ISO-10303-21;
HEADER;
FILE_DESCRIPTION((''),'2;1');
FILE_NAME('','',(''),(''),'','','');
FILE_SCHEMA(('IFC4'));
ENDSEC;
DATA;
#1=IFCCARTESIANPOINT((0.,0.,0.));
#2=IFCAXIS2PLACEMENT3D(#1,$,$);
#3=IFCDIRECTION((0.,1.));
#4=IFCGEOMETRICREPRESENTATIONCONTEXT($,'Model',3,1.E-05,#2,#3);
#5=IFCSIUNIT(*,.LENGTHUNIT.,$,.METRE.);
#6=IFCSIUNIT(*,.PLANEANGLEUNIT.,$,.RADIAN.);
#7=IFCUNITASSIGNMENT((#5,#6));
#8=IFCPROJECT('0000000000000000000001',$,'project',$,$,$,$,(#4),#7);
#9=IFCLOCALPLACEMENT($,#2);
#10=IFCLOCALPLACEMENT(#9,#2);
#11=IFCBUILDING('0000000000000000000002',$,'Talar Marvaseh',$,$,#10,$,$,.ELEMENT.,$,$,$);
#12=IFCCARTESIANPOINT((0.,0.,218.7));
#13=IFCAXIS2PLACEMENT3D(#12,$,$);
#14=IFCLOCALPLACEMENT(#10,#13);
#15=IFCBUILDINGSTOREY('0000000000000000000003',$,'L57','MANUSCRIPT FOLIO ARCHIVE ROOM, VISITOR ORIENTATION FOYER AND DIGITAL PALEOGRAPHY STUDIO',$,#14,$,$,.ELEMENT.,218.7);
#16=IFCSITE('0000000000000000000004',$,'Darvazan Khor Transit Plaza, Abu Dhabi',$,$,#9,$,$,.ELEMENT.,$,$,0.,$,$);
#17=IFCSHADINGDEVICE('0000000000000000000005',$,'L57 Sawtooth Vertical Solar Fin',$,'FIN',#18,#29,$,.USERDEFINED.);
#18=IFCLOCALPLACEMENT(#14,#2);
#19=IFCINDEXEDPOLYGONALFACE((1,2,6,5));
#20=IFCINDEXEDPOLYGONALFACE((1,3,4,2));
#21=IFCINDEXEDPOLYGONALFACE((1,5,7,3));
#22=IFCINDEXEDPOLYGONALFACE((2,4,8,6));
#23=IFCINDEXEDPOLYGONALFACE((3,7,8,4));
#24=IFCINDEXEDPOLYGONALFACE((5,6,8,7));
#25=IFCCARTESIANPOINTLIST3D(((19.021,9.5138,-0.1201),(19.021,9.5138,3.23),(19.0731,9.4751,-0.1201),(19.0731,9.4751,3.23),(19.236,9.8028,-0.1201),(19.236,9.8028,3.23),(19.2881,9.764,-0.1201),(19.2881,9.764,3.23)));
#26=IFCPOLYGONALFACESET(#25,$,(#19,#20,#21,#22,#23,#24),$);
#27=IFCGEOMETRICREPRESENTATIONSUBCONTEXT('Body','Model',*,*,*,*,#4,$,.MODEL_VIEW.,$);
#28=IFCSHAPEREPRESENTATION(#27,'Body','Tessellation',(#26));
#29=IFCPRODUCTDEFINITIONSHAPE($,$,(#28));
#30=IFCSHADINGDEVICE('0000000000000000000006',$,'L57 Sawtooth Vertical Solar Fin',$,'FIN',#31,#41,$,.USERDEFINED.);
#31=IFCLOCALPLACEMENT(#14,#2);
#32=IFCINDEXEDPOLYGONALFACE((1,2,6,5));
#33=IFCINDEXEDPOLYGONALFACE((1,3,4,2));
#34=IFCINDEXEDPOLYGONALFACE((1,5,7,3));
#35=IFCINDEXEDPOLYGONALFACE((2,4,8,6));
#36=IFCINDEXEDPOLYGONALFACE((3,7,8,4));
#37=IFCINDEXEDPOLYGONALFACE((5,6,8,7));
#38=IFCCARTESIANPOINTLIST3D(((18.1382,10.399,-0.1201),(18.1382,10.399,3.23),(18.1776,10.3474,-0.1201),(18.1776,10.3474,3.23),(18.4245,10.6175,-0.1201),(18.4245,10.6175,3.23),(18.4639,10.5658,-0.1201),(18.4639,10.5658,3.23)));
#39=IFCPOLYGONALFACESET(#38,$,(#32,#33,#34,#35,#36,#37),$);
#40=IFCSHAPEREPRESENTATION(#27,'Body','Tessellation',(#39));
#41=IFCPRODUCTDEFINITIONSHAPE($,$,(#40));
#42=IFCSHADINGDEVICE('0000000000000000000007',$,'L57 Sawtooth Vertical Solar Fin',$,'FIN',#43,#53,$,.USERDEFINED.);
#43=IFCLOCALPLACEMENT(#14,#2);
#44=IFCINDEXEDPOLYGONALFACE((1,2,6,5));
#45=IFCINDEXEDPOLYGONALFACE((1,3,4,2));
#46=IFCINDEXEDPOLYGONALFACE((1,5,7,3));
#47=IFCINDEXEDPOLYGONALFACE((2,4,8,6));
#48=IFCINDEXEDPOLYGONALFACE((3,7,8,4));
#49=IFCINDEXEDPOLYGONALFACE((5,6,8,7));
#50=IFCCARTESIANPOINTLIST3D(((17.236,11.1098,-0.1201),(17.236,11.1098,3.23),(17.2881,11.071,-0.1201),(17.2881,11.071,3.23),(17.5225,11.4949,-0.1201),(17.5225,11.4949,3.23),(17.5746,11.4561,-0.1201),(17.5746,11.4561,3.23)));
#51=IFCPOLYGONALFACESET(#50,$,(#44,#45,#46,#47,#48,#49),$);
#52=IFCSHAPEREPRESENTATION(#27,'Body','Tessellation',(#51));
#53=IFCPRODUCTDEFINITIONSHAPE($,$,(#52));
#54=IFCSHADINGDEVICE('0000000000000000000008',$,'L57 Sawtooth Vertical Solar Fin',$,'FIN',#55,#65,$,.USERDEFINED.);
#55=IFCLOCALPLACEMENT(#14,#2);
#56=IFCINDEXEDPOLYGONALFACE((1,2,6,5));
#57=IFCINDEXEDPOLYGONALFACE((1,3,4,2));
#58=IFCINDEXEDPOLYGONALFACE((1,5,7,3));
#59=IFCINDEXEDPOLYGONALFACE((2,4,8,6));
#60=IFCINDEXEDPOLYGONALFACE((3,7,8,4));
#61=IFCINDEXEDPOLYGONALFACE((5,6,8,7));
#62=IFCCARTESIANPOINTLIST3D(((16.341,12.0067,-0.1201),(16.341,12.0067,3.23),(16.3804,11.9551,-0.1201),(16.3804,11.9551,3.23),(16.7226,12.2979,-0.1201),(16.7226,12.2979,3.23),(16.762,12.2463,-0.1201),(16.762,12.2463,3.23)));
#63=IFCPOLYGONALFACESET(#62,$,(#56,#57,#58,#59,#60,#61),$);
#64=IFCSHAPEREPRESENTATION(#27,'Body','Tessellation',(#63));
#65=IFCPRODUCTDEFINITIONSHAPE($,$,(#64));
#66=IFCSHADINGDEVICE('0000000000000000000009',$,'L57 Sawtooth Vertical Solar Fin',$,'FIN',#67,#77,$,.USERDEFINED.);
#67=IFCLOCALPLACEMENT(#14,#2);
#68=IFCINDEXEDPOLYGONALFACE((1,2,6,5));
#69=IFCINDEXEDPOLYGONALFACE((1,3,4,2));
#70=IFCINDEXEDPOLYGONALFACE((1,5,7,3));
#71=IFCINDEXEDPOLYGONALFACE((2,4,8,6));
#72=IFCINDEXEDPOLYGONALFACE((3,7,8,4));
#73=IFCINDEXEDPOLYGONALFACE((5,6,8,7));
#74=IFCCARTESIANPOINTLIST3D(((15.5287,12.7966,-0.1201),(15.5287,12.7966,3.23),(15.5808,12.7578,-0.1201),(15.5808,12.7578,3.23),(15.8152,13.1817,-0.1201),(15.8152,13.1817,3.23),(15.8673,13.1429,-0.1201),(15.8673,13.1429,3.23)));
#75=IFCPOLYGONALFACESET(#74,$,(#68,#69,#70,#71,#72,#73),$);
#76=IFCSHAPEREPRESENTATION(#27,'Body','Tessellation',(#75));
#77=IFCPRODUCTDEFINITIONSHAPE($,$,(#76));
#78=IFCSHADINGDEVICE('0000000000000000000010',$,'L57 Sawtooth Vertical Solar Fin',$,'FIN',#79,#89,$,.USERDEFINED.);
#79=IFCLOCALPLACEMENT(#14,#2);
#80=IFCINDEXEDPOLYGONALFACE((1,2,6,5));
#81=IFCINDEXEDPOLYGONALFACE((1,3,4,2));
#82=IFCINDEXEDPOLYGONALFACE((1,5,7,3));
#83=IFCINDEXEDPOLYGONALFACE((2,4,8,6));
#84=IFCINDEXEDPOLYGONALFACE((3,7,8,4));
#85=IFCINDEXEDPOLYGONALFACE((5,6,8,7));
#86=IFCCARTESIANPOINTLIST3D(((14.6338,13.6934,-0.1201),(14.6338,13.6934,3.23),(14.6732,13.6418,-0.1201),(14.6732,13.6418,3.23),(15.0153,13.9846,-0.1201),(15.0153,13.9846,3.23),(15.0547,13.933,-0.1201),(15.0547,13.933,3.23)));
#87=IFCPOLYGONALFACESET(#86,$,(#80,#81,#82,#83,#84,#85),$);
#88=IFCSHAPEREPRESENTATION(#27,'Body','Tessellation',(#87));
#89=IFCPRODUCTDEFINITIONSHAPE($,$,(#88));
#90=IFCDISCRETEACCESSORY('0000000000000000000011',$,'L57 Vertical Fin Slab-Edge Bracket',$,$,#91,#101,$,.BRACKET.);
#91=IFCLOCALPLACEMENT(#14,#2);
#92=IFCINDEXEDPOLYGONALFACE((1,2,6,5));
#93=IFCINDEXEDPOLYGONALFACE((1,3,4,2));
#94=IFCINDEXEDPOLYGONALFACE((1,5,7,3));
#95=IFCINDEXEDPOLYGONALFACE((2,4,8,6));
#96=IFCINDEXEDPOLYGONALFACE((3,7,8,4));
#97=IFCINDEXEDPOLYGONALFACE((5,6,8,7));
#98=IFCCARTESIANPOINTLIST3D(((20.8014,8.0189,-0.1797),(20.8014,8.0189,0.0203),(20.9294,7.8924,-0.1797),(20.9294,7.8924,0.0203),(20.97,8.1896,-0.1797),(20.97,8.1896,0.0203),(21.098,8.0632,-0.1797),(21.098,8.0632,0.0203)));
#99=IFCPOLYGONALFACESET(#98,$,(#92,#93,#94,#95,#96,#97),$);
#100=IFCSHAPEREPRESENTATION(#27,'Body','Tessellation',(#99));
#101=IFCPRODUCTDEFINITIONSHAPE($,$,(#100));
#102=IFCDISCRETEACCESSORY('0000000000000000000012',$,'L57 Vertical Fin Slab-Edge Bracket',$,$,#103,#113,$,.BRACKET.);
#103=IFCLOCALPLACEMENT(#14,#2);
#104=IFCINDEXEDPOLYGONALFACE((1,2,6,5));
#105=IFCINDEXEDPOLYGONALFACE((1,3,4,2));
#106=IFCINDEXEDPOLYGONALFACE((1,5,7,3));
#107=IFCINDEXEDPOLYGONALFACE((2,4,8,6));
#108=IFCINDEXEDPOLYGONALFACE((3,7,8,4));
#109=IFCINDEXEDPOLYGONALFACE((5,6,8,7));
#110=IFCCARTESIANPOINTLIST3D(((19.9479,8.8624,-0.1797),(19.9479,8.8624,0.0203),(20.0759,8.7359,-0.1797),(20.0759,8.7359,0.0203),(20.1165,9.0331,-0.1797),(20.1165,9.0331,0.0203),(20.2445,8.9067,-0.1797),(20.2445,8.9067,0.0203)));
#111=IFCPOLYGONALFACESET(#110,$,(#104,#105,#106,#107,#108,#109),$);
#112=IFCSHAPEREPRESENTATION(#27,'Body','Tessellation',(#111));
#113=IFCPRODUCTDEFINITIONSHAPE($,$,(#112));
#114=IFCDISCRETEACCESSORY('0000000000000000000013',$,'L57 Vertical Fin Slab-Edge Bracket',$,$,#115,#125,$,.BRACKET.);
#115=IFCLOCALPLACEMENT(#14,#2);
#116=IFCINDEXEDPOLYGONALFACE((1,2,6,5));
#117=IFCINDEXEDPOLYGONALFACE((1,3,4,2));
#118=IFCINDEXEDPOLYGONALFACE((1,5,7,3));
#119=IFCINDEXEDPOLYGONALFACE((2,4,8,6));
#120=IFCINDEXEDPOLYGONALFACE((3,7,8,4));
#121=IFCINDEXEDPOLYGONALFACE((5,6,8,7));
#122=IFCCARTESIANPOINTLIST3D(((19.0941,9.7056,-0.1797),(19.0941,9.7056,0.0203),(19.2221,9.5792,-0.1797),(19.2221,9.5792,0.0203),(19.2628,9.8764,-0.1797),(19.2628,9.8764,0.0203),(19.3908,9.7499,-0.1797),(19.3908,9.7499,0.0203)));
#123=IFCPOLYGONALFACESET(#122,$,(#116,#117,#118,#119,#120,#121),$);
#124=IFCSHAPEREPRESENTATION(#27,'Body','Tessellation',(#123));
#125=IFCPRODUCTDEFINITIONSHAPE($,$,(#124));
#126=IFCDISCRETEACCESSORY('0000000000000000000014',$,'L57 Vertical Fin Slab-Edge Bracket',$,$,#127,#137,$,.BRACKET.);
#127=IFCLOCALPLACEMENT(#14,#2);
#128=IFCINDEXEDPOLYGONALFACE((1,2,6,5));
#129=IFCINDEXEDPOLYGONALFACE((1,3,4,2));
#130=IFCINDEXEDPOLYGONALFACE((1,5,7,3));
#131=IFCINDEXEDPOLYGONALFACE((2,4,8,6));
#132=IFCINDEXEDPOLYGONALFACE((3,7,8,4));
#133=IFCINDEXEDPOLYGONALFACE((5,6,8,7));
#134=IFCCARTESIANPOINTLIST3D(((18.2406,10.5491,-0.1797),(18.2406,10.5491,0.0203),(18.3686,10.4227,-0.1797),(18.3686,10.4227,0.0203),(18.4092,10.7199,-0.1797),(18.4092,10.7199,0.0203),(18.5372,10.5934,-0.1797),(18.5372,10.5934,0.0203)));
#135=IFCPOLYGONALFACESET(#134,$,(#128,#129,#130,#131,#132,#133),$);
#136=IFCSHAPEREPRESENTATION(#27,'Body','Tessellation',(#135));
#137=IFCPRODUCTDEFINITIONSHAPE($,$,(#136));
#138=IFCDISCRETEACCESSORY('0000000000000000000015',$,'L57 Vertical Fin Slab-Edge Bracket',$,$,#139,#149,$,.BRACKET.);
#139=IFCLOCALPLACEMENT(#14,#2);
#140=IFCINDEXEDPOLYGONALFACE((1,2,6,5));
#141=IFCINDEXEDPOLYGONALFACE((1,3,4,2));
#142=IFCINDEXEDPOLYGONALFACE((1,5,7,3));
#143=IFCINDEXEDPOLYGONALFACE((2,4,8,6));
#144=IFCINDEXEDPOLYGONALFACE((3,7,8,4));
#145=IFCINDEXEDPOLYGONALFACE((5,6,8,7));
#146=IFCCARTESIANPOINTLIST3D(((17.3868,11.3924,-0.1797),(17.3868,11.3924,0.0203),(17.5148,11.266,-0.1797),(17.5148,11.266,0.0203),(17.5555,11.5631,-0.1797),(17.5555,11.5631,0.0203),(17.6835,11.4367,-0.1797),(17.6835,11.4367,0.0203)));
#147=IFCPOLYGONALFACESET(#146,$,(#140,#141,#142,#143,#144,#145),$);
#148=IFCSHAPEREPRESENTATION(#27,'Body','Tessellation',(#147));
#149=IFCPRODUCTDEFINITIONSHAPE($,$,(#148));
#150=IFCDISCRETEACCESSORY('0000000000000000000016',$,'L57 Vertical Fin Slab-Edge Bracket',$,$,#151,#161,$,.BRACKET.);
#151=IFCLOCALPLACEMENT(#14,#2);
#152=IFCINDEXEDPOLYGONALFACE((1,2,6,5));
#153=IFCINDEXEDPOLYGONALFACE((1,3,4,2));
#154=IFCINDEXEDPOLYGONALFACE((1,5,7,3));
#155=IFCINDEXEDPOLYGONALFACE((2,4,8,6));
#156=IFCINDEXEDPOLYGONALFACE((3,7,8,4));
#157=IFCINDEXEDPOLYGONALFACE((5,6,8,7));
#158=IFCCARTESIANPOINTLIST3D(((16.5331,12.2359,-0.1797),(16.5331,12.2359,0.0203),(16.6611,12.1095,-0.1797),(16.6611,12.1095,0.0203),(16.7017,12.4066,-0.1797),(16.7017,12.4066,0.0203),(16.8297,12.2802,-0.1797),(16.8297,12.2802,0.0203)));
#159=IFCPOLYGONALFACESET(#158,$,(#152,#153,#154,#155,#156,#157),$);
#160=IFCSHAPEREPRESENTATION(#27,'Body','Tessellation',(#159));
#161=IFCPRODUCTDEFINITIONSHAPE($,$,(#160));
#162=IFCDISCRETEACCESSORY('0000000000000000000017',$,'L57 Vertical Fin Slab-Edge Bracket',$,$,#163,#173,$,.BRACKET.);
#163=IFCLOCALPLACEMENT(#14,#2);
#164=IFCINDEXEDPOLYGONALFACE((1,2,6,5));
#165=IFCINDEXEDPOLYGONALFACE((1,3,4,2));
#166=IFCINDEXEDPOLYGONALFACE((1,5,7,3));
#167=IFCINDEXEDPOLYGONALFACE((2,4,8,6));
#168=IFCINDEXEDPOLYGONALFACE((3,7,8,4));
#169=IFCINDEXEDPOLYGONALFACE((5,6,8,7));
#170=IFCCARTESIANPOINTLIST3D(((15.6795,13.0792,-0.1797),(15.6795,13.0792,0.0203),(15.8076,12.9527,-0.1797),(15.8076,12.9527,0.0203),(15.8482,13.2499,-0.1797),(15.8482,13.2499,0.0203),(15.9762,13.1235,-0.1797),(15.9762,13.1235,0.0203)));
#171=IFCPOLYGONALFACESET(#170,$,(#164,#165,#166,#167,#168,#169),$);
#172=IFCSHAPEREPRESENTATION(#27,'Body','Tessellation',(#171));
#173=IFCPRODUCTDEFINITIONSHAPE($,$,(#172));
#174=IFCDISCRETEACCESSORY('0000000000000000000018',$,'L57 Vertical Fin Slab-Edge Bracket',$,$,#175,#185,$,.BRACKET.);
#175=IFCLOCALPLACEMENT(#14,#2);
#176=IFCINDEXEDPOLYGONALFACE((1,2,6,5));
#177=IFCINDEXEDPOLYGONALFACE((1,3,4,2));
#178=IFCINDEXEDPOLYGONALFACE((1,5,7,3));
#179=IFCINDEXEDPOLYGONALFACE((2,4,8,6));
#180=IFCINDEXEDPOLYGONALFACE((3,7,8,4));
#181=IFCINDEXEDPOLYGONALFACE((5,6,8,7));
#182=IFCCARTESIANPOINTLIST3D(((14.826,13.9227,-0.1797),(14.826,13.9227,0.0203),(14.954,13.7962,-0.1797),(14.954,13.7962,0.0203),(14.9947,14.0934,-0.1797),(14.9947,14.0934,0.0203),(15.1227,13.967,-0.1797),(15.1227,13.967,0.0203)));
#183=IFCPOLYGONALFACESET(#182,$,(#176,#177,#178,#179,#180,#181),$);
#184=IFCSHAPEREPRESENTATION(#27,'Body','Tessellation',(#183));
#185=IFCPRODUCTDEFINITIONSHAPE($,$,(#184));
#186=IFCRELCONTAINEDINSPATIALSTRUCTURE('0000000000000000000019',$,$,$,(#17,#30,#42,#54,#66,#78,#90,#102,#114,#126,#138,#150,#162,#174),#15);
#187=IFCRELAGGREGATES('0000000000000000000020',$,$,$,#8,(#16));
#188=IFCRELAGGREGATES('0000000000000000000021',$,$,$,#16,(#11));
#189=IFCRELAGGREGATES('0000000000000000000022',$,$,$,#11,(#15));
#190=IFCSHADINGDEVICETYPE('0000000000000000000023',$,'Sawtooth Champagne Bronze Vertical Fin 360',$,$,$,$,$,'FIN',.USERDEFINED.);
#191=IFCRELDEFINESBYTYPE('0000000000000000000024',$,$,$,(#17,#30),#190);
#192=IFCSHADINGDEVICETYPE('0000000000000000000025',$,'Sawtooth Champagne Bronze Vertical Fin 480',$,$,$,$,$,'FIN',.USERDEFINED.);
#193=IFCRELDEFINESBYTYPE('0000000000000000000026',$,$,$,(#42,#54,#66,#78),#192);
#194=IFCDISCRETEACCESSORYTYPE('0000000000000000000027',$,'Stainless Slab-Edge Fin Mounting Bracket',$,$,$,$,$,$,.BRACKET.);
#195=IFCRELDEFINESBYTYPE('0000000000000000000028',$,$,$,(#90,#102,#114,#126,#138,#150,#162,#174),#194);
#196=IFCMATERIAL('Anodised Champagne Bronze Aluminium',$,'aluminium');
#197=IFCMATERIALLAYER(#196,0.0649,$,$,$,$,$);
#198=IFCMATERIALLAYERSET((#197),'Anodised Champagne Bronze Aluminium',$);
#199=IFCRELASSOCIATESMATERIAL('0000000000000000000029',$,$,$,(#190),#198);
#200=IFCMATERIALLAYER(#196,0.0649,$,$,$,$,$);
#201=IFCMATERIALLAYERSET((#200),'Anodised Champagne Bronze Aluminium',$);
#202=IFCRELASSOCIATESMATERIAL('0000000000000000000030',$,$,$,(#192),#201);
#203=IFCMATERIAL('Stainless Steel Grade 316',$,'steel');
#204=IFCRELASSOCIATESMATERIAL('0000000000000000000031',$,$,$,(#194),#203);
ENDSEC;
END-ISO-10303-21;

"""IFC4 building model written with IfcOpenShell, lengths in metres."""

from ifc_helpers import new_model, si_unit, direction, frame, origin, origin_2d, place, context, subcontext, project, spatial, rectangle, extrude, source, transform, mapped, material, layer, layer_set, type_object, type_shapes, element, save


model = new_model("IFC4")

# Units and contexts
model_context = context("Model", 3, precision=1e-05, world=origin(), true_north=direction((0.0, 1.0)))
body_context = subcontext(model_context, "Body", "Model", "MODEL_VIEW")
ifc_project = project(units=[si_unit("LENGTHUNIT", "METRE"), si_unit("PLANEANGLEUNIT", "RADIAN")], contexts=[model_context])

# Site, building, storey
site_placement = place(None, origin())
site = spatial("IfcSite", under=ifc_project, at=site_placement, Name="Darvazan Khor Transit Plaza, Abu Dhabi", CompositionType="ELEMENT", RefElevation=0.0)
building_placement = place(site_placement, origin())
building = spatial("IfcBuilding", under=site, at=building_placement, Name="Talar Marvaseh", CompositionType="ELEMENT")
storey_placement = place(building_placement, frame((0.0, 0.0, 218.7)))
storey = spatial("IfcBuildingStorey", under=building, at=storey_placement, Name="L57", Description="MANUSCRIPT FOLIO ARCHIVE ROOM, VISITOR ORIENTATION FOYER AND DIGITAL PALEOGRAPHY STUDIO", CompositionType="ELEMENT", Elevation=218.7)

# Shading devices
ifc_material_1 = material(Name="Anodised Champagne Bronze Aluminium", Category="aluminium")
ifc_layer_1 = layer(ifc_material_1, 0.0649)
ifc_layer_set_1 = layer_set([ifc_layer_1], Name="Anodised Champagne Bronze Aluminium")
shading_device_type_1 = type_object("IfcShadingDeviceType", Name="Sawtooth Champagne Bronze Vertical Fin 360", ElementType="FIN", PredefinedType="USERDEFINED", material=ifc_layer_set_1)
shared_shape_1 = source(origin(), body_context, "Body", "SweptSolid", [
    extrude(rectangle(XDim=0.3601, YDim=0.0649, at=origin_2d()), origin(), (0.0, 0.0, 1.0), 3.3501),
])
type_shapes(shading_device_type_1, [shared_shape_1])
for number, where, z_axis, x_axis, name in (
    (1, (19.1545, 9.6389, -0.1201), (0.0, 0.0, 1.0), (-0.596925, -0.802297, 0.0), "L57 Sawtooth Vertical Solar Fin"),
    (2, (18.301, 10.4824, -0.1201), (0.0, 0.0, 1.0), (-0.794944, -0.606682, 0.0), "L57 Sawtooth Vertical Solar Fin"),
):
    element("IfcShadingDevice", number, at=place(storey_placement, frame(where, z_axis=z_axis, x_axis=x_axis)), inside=storey, type_object=shading_device_type_1, Name=name, ObjectType="FIN", PredefinedType="USERDEFINED", context=body_context, shape_type="MappedRepresentation", body=[
        mapped(shared_shape_1, transform((0.0, 0.0, 0.0), x_axis=(1.0, 0.0, 0.0), y_axis=(0.0, 1.0, 0.0), z_axis=(0.0, 0.0, 1.0), scale=1.0)),
    ])
ifc_layer_2 = layer(ifc_material_1, 0.0649)
ifc_layer_set_2 = layer_set([ifc_layer_2], Name="Anodised Champagne Bronze Aluminium")
shading_device_type_2 = type_object("IfcShadingDeviceType", Name="Sawtooth Champagne Bronze Vertical Fin 480", ElementType="FIN", PredefinedType="USERDEFINED", material=ifc_layer_set_2)
shared_shape_2 = source(origin(), body_context, "Body", "SweptSolid", [
    extrude(rectangle(XDim=0.48, YDim=0.0649, at=origin_2d()), origin(), (0.0, 0.0, 1.0), 3.3501),
])
type_shapes(shading_device_type_2, [shared_shape_2])
for number, where, z_axis, x_axis, name in (
    (3, (17.4053, 11.283, -0.1201), (0.0, 0.0, 1.0), (-0.596925, -0.802297, 0.0), "L57 Sawtooth Vertical Solar Fin"),
    (4, (16.5515, 12.1265, -0.1201), (0.0, 0.0, 1.0), (-0.794944, -0.606682, 0.0), "L57 Sawtooth Vertical Solar Fin"),
    (5, (15.698, 12.9697, -0.1201), (0.0, 0.0, 1.0), (-0.596925, -0.802297, 0.0), "L57 Sawtooth Vertical Solar Fin"),
    (6, (14.8442, 13.8132, -0.1201), (0.0, 0.0, 1.0), (-0.794944, -0.606682, 0.0), "L57 Sawtooth Vertical Solar Fin"),
):
    element("IfcShadingDevice", number, at=place(storey_placement, frame(where, z_axis=z_axis, x_axis=x_axis)), inside=storey, type_object=shading_device_type_2, Name=name, ObjectType="FIN", PredefinedType="USERDEFINED", context=body_context, shape_type="MappedRepresentation", body=[
        mapped(shared_shape_2, transform((0.0, 0.0, 0.0), x_axis=(1.0, 0.0, 0.0), y_axis=(0.0, 1.0, 0.0), z_axis=(0.0, 0.0, 1.0), scale=1.0)),
    ])

# Discrete accessories
ifc_material_2 = material(Name="Stainless Steel Grade 316", Category="steel")
discrete_accessory_type = type_object("IfcDiscreteAccessoryType", Name="Stainless Slab-Edge Fin Mounting Bracket", PredefinedType="BRACKET", material=ifc_material_2)
shared_shape_3 = source(origin(), body_context, "Body", "SweptSolid", [
    extrude(rectangle(XDim=0.24, YDim=0.1799, at=origin_2d()), origin(), (0.0, 0.0, 1.0), 0.2),
])
type_shapes(discrete_accessory_type, [shared_shape_3])
for number, where, z_axis, x_axis, name in (
    (7, (20.9497, 8.041, -0.1797), (0.0, 0.0, 1.0), (-0.702774, -0.711413, 0.0), "L57 Vertical Fin Slab-Edge Bracket"),
    (8, (20.0962, 8.8845, -0.1797), (0.0, 0.0, 1.0), (-0.702774, -0.711413, 0.0), "L57 Vertical Fin Slab-Edge Bracket"),
    (9, (19.2424, 9.7278, -0.1797), (0.0, 0.0, 1.0), (-0.702774, -0.711413, 0.0), "L57 Vertical Fin Slab-Edge Bracket"),
    (10, (18.3889, 10.5713, -0.1797), (0.0, 0.0, 1.0), (-0.702774, -0.711413, 0.0), "L57 Vertical Fin Slab-Edge Bracket"),
    (11, (17.5352, 11.4146, -0.1797), (0.0, 0.0, 1.0), (-0.702774, -0.711413, 0.0), "L57 Vertical Fin Slab-Edge Bracket"),
    (12, (16.6814, 12.2581, -0.1797), (0.0, 0.0, 1.0), (-0.702774, -0.711413, 0.0), "L57 Vertical Fin Slab-Edge Bracket"),
    (13, (15.8279, 13.1013, -0.1797), (0.0, 0.0, 1.0), (-0.702774, -0.711413, 0.0), "L57 Vertical Fin Slab-Edge Bracket"),
    (14, (14.9744, 13.9448, -0.1797), (0.0, 0.0, 1.0), (-0.702774, -0.711413, 0.0), "L57 Vertical Fin Slab-Edge Bracket"),
):
    element("IfcDiscreteAccessory", number, at=place(storey_placement, frame(where, z_axis=z_axis, x_axis=x_axis)), inside=storey, type_object=discrete_accessory_type, Name=name, PredefinedType="BRACKET", context=body_context, shape_type="MappedRepresentation", body=[
        mapped(shared_shape_3, transform((0.0, 0.0, 0.0), x_axis=(1.0, 0.0, 0.0), y_axis=(0.0, 1.0, 0.0), z_axis=(0.0, 0.0, 1.0), scale=1.0)),
    ])

save(model, "model.ifc")
